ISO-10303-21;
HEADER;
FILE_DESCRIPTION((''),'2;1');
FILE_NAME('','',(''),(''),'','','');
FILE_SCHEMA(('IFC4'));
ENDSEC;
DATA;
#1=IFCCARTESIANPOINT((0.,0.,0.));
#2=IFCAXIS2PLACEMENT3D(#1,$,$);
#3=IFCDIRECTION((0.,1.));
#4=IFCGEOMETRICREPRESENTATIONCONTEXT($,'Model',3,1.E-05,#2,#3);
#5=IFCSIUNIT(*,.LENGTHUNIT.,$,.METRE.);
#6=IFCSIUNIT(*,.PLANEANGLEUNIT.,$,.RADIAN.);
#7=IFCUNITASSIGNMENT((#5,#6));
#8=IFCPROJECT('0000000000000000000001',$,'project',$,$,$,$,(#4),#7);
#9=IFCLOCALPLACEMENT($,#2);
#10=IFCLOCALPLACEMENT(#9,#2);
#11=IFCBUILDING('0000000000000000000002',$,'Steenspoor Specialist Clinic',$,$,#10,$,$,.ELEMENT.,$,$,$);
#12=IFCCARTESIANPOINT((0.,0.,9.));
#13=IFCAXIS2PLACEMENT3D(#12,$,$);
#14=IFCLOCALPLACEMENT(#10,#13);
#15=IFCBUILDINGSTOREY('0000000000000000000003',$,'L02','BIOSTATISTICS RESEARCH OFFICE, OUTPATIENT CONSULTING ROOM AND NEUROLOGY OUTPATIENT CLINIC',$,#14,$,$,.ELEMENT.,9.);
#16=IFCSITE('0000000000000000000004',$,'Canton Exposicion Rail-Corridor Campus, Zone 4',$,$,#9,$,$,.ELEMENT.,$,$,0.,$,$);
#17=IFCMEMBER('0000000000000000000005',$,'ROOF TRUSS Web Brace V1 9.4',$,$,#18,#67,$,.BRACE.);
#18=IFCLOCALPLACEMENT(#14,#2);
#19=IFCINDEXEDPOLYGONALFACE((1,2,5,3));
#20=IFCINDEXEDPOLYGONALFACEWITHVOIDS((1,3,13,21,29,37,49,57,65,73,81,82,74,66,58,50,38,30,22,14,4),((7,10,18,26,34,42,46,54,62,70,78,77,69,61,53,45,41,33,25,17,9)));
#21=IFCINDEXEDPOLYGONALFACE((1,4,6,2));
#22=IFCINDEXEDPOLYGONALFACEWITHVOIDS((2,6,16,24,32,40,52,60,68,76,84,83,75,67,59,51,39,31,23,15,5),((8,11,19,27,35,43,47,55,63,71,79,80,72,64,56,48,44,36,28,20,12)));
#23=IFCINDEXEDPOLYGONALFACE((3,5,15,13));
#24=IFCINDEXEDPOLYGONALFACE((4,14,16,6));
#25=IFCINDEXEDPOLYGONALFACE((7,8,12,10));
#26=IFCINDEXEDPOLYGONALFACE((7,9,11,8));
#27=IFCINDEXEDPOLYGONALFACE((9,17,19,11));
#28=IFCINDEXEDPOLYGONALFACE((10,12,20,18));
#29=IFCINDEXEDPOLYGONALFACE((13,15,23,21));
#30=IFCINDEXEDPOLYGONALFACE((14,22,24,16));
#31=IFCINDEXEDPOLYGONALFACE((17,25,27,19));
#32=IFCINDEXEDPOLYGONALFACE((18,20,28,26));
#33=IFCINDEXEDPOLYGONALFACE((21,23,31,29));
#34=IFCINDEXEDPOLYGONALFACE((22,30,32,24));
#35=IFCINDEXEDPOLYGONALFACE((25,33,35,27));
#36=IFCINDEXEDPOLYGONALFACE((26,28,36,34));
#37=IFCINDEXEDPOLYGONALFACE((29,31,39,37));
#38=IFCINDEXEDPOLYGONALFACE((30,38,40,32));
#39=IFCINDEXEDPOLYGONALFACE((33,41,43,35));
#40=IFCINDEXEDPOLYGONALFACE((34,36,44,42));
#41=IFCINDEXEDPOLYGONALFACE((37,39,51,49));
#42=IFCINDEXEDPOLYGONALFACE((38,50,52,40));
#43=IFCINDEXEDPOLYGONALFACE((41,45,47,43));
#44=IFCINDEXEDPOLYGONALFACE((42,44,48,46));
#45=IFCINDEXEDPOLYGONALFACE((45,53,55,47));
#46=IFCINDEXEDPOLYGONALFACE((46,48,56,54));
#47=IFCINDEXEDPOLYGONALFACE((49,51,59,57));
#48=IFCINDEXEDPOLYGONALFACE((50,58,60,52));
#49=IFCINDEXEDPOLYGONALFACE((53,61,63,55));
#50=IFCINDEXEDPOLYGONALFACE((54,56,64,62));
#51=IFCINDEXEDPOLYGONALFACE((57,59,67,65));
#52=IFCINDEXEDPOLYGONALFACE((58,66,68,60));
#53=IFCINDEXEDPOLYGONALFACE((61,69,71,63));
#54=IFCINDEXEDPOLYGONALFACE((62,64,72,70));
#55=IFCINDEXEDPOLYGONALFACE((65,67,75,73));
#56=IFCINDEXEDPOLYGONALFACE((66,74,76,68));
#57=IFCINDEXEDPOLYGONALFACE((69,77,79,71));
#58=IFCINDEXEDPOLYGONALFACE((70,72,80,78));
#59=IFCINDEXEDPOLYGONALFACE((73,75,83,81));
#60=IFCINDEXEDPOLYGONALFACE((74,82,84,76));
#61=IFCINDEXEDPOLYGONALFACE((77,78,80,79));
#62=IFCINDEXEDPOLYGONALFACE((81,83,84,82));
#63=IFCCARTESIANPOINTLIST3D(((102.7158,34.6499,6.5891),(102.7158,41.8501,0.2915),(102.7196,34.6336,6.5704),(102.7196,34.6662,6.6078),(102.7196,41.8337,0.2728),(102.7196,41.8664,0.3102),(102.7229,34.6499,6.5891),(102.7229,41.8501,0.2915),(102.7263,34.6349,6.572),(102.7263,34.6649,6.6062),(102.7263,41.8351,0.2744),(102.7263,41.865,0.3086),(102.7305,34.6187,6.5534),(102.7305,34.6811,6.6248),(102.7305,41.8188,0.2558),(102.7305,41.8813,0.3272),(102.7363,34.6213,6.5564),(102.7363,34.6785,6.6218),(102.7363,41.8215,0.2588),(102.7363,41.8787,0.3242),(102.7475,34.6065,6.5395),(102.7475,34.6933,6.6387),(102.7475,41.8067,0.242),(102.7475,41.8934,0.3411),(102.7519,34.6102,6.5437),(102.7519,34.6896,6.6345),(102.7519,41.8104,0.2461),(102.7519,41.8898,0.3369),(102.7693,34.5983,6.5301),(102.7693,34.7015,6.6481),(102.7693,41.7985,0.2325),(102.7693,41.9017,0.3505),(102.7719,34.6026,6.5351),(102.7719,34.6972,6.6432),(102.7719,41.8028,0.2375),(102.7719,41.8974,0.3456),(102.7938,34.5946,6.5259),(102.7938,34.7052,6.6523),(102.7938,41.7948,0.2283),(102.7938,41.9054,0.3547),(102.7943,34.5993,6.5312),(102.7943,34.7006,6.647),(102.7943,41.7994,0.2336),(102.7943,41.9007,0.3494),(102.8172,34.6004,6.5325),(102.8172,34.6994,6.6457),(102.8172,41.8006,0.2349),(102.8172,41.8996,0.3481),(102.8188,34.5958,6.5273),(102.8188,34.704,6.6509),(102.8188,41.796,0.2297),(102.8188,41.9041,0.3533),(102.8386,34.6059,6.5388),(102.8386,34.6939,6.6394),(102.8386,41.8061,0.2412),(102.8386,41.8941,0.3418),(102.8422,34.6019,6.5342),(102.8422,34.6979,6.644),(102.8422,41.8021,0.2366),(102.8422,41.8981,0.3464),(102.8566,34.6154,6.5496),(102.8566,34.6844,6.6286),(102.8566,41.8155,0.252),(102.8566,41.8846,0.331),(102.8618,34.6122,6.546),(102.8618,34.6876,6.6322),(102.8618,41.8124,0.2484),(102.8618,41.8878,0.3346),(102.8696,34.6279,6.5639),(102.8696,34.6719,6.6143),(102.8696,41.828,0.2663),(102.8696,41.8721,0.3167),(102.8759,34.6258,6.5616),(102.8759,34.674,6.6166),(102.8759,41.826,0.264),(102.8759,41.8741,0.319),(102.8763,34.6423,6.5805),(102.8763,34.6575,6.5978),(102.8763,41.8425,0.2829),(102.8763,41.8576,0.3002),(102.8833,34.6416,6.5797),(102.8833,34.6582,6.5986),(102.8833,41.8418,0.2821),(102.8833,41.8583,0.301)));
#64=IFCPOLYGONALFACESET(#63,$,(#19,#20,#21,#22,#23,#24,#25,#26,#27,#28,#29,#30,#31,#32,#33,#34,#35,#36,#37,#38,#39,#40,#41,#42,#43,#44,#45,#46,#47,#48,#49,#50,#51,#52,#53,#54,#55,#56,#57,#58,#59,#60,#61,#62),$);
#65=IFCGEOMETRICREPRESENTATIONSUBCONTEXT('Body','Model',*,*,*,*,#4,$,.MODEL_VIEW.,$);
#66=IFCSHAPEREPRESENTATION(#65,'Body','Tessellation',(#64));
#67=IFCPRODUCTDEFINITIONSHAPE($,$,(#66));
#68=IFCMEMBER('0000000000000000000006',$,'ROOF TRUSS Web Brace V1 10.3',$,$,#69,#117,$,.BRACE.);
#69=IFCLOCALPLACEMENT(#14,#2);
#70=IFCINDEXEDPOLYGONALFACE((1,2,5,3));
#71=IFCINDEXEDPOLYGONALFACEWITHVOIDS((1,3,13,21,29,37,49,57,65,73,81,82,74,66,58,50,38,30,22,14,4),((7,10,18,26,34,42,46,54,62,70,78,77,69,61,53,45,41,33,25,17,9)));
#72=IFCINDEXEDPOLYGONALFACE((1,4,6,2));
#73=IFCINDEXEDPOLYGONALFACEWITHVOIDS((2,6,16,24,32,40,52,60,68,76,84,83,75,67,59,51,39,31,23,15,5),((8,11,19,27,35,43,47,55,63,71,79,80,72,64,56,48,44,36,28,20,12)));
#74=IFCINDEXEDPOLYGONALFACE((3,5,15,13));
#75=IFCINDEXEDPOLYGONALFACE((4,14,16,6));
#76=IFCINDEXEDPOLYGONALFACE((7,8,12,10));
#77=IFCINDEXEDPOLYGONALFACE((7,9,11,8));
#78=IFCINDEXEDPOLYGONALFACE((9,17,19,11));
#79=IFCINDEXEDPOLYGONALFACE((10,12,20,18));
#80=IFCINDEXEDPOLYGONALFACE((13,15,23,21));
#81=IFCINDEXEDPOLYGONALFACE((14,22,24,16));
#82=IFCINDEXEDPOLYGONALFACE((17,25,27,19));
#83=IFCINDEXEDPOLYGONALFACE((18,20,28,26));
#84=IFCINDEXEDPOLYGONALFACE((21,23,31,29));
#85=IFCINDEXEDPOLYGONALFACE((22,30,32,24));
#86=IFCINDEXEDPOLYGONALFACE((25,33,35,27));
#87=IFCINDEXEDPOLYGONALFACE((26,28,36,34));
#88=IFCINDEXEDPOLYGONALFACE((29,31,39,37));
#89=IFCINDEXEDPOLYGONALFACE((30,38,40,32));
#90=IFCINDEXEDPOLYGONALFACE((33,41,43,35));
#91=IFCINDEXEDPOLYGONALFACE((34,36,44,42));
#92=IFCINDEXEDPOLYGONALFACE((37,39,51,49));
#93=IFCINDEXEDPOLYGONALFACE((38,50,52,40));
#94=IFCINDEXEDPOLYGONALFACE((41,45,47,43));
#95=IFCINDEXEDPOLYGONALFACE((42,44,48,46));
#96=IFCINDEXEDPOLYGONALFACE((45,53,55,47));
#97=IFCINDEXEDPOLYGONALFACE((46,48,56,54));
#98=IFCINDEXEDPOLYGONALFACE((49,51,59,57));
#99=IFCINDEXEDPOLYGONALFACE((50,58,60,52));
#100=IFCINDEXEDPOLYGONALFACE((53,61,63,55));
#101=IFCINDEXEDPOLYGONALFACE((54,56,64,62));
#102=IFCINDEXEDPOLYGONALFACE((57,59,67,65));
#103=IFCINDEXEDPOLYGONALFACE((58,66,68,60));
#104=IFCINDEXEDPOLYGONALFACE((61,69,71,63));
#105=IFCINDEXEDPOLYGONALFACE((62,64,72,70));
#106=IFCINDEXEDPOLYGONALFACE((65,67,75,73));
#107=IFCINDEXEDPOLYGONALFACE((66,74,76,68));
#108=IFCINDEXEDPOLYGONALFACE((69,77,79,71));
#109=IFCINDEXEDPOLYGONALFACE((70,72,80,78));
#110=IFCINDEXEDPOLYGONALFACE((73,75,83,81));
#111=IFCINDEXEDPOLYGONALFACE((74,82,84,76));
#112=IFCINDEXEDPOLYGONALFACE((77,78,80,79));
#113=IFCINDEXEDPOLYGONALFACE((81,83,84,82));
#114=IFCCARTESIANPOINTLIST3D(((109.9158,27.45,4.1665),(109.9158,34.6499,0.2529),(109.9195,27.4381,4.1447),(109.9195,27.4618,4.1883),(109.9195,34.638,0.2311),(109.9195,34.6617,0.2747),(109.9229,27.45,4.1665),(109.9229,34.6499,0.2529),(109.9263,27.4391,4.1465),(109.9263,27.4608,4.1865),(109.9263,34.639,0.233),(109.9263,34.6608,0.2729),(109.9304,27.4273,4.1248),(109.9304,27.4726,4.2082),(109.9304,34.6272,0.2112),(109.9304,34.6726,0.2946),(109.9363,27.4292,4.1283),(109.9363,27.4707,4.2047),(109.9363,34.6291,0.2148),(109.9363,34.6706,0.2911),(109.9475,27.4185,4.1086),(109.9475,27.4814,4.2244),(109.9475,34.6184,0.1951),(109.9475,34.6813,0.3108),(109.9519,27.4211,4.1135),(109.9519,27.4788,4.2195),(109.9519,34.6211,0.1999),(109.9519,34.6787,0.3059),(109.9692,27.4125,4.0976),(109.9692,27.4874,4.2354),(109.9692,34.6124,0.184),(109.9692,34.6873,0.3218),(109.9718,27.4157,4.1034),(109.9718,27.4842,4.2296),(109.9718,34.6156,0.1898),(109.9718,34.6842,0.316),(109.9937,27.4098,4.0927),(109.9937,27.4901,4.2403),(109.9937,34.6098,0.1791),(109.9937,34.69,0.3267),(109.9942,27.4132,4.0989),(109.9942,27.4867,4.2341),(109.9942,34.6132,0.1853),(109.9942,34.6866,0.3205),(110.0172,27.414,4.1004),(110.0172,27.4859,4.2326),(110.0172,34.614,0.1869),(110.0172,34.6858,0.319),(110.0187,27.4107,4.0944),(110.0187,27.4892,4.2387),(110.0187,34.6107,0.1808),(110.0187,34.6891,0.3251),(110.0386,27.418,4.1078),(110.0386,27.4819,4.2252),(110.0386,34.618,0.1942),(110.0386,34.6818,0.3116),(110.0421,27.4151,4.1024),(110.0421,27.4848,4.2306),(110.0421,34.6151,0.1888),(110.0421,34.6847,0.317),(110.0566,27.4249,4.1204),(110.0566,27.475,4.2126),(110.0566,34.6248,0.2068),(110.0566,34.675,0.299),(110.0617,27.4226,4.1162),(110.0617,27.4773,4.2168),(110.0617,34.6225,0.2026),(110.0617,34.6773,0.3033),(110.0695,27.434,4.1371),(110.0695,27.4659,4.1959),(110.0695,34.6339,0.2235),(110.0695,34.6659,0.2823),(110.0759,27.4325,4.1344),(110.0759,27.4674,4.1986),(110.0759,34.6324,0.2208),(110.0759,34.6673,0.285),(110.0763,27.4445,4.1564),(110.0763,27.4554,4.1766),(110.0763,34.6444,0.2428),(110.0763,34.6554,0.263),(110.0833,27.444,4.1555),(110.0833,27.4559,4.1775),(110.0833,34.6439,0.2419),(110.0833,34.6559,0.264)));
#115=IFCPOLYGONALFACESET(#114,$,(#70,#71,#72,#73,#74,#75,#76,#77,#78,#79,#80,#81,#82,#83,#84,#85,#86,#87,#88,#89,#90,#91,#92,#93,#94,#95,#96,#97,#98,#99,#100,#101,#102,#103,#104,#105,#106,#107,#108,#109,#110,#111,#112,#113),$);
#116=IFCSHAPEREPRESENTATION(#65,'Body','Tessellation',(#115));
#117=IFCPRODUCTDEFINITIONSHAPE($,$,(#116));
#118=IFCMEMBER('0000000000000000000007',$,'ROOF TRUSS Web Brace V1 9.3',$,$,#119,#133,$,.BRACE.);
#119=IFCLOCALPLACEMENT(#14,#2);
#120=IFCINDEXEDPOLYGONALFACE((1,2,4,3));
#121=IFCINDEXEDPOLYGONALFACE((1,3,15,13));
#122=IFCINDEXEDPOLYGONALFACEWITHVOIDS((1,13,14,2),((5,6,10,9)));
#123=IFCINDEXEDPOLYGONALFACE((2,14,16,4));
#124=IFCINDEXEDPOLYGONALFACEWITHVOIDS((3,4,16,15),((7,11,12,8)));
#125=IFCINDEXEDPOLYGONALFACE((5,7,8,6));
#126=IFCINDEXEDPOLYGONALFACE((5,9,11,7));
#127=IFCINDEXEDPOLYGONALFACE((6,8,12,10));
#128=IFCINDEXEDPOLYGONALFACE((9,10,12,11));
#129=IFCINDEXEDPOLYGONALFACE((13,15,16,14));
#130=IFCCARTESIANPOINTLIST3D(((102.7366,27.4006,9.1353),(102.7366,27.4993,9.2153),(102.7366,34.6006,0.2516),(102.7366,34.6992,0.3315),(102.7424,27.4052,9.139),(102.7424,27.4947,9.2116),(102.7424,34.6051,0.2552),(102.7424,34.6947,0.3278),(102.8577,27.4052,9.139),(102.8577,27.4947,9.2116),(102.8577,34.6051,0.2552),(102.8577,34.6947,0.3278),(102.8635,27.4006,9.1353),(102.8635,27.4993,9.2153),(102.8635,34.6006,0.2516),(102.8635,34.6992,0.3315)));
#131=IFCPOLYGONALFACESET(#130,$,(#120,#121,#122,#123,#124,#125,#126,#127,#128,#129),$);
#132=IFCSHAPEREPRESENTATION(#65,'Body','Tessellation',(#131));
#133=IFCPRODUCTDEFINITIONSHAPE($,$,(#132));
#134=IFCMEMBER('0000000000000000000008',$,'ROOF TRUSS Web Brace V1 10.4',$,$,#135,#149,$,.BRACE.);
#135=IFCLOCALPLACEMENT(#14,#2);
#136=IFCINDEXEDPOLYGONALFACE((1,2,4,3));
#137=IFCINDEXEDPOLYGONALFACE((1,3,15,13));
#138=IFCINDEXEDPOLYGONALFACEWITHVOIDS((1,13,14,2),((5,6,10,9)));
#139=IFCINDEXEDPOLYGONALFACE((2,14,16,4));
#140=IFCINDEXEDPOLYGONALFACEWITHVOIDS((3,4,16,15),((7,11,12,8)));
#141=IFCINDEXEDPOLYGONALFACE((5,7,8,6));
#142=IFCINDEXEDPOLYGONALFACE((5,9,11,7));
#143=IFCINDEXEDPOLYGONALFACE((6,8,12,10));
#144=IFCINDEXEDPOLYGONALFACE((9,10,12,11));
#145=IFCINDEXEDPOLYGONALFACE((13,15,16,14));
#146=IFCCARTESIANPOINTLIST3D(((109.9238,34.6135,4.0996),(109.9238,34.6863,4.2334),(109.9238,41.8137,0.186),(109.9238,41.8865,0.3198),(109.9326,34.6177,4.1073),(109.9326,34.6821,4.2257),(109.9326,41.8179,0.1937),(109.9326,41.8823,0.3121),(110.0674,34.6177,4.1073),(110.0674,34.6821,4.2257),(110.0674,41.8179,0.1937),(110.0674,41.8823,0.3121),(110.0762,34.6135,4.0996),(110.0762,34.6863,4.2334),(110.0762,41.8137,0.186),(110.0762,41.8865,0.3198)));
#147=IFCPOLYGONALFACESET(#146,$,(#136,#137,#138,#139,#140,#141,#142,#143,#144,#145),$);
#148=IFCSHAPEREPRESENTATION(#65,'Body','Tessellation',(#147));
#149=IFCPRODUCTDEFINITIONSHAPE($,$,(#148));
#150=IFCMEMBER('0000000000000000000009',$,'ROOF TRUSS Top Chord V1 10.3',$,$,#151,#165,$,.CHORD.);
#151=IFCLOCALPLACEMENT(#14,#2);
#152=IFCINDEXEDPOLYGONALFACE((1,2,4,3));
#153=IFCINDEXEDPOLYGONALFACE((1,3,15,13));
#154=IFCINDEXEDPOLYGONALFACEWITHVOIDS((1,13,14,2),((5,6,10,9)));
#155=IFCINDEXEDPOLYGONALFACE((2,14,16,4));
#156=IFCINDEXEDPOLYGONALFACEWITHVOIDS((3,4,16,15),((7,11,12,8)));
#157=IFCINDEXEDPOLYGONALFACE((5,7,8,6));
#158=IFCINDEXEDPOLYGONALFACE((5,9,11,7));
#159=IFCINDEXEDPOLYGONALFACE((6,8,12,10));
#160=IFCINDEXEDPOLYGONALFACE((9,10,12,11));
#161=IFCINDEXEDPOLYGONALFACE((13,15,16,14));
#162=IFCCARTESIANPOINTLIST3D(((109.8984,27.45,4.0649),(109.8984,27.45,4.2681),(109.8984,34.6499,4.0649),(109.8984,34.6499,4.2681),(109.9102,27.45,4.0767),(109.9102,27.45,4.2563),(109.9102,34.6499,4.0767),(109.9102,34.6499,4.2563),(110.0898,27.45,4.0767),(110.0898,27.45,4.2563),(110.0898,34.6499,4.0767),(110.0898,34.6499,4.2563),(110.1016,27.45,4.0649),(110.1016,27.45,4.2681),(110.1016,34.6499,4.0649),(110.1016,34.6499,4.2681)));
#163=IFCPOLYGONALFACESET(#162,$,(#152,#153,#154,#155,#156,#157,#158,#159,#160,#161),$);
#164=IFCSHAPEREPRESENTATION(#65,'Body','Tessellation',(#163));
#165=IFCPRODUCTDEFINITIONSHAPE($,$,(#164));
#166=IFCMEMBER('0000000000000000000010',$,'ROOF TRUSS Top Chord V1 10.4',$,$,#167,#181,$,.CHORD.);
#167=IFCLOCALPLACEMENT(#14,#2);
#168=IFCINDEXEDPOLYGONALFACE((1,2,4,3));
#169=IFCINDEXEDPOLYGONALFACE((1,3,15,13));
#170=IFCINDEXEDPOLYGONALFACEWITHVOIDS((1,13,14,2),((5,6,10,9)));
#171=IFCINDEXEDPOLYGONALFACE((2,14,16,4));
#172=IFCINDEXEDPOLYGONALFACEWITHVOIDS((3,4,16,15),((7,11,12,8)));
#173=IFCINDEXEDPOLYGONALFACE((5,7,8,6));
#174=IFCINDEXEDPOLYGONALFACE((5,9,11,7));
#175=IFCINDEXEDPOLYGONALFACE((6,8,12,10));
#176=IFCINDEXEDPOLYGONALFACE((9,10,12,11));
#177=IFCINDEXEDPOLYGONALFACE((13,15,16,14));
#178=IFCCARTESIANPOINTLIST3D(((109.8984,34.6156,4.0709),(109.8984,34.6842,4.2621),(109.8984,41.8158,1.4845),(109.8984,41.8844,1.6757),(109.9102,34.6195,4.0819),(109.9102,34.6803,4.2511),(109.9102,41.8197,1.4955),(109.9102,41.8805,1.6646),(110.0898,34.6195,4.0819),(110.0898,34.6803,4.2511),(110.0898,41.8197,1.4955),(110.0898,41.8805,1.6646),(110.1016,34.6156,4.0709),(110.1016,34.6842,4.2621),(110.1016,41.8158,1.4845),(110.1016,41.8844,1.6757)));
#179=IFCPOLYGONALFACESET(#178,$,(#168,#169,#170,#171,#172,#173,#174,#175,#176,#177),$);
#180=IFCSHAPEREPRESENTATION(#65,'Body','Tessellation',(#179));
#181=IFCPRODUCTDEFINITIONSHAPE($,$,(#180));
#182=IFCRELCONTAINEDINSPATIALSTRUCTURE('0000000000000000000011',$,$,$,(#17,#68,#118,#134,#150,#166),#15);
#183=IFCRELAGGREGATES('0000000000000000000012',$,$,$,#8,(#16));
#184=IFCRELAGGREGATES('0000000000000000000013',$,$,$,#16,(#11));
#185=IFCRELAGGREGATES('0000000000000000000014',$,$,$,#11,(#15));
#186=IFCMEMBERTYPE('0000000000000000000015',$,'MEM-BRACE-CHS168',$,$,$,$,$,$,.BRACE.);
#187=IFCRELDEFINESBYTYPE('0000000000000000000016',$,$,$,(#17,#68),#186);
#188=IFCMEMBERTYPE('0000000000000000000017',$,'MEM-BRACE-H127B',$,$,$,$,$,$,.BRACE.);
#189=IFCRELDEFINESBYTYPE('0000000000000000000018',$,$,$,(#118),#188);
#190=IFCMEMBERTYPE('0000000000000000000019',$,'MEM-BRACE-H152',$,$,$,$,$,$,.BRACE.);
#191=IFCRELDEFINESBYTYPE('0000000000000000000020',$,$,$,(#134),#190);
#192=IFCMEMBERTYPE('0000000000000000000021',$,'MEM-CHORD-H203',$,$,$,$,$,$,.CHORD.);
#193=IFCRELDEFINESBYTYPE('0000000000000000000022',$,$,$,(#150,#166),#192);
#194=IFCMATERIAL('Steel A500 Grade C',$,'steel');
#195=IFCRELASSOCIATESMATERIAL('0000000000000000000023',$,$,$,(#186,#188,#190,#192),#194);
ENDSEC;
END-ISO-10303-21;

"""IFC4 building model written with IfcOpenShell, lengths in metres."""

from ifc_helpers import new_model, si_unit, direction, frame, origin, origin_2d, place, context, subcontext, project, spatial, hollow_rectangle, hollow_circle, extrude, material, material_profile, profile_set, type_object, element, save


model = new_model("IFC4")

# Units and contexts
model_context = context("Model", 3, precision=1e-05, world=origin(), true_north=direction((0.0, 1.0)))
body_context = subcontext(model_context, "Body", "Model", "MODEL_VIEW")
ifc_project = project(units=[si_unit("LENGTHUNIT", "METRE"), si_unit("PLANEANGLEUNIT", "RADIAN")], contexts=[model_context])

# Site, building, storey
site_placement = place(None, origin())
site = spatial("IfcSite", under=ifc_project, at=site_placement, Name="Canton Exposicion Rail-Corridor Campus, Zone 4", CompositionType="ELEMENT", RefElevation=0.0)
building_placement = place(site_placement, origin())
building = spatial("IfcBuilding", under=site, at=building_placement, Name="Steenspoor Specialist Clinic", CompositionType="ELEMENT")
storey_placement = place(building_placement, frame((0.0, 0.0, 9.0)))
storey = spatial("IfcBuildingStorey", under=building, at=storey_placement, Name="L02", Description="BIOSTATISTICS RESEARCH OFFICE, OUTPATIENT CONSULTING ROOM AND NEUROLOGY OUTPATIENT CLINIC", CompositionType="ELEMENT", Elevation=9.0)

# Members
ifc_material_1 = material(Name="Steel A500 Grade C", Category="steel")
ifc_material_profile_1 = material_profile(ifc_material_1, hollow_circle(Radius=0.0842, WallThickness=0.0071, at=origin_2d()), Name="CHS168X7.1")
ifc_profile_set_1 = profile_set([ifc_material_profile_1], Name="Steel A500 Grade C")
member_type_1 = type_object("IfcMemberType", Name="MEM-BRACE-CHS168", PredefinedType="BRACE", material=ifc_profile_set_1)
member_1_placement = place(storey_placement, frame((102.8, 34.6499, 6.5891), z_axis=(0.0, 0.752709, -0.658353), x_axis=(-1.0, 0.0, 0.0)))
element("IfcMember", 1, at=member_1_placement, inside=storey, type_object=member_type_1, Name="ROOF TRUSS Web Brace V1 9.4", PredefinedType="BRACE", context=body_context, shape_type="SweptSolid", body=[
    extrude(hollow_circle(Radius=0.0842, WallThickness=0.0071, at=origin_2d()), origin(), (0.0, 0.0, 1.0), 9.5657),
])
member_2_placement = place(storey_placement, frame((110.0, 27.45, 4.1665), z_axis=(0.0, 0.878596, -0.477566), x_axis=(-1.0, 0.0, 0.0)))
element("IfcMember", 2, at=member_2_placement, inside=storey, type_object=member_type_1, Name="ROOF TRUSS Web Brace V1 10.3", PredefinedType="BRACE", context=body_context, shape_type="SweptSolid", body=[
    extrude(hollow_circle(Radius=0.0842, WallThickness=0.0071, at=origin_2d()), origin(), (0.0, 0.0, 1.0), 8.1948),
])
ifc_material_profile_2 = material_profile(ifc_material_1, hollow_rectangle(XDim=0.127, YDim=0.127, WallThickness=0.0059, at=origin_2d()), Name="HSS127X127X6.4")
ifc_profile_set_2 = profile_set([ifc_material_profile_2], Name="Steel A500 Grade C")
member_type_2 = type_object("IfcMemberType", Name="MEM-BRACE-H127B", PredefinedType="BRACE", material=ifc_profile_set_2)
member_3_placement = place(storey_placement, frame((102.8, 27.45, 9.1753), z_axis=(0.0, 0.629637, -0.776889), x_axis=(-1.0, 0.0, 0.0)))
element("IfcMember", 3, at=member_3_placement, inside=storey, type_object=member_type_2, Name="ROOF TRUSS Web Brace V1 9.3", PredefinedType="BRACE", context=body_context, shape_type="SweptSolid", body=[
    extrude(hollow_rectangle(XDim=0.127, YDim=0.127, WallThickness=0.0059, at=origin_2d()), origin(), (0.0, 0.0, 1.0), 11.4351),
])
ifc_material_profile_3 = material_profile(ifc_material_1, hollow_rectangle(XDim=0.1523, YDim=0.1523, WallThickness=0.0088, at=origin_2d()), Name="HSS152X152X9.5")
ifc_profile_set_3 = profile_set([ifc_material_profile_3], Name="Steel A500 Grade C")
member_type_3 = type_object("IfcMemberType", Name="MEM-BRACE-H152", PredefinedType="BRACE", material=ifc_profile_set_3)
member_4_placement = place(storey_placement, frame((110.0, 34.6499, 4.1665), z_axis=(0.0, 0.878603, -0.477553), x_axis=(-1.0, 0.0, 0.0)))
element("IfcMember", 4, at=member_4_placement, inside=storey, type_object=member_type_3, Name="ROOF TRUSS Web Brace V1 10.4", PredefinedType="BRACE", context=body_context, shape_type="SweptSolid", body=[
    extrude(hollow_rectangle(XDim=0.1523, YDim=0.1523, WallThickness=0.0088, at=origin_2d()), origin(), (0.0, 0.0, 1.0), 8.1951),
])
ifc_material_profile_4 = material_profile(ifc_material_1, hollow_rectangle(XDim=0.2031, YDim=0.2031, WallThickness=0.0117, at=origin_2d()), Name="HSS203X203X12.7")
ifc_profile_set_4 = profile_set([ifc_material_profile_4], Name="Steel A500 Grade C")
member_type_4 = type_object("IfcMemberType", Name="MEM-CHORD-H203", PredefinedType="CHORD", material=ifc_profile_set_4)
member_5_placement = place(storey_placement, frame((110.0, 27.45, 4.1665), z_axis=(0.0, 1.0, 0.0), x_axis=(-1.0, 0.0, 0.0)))
element("IfcMember", 5, at=member_5_placement, inside=storey, type_object=member_type_4, Name="ROOF TRUSS Top Chord V1 10.3", PredefinedType="CHORD", context=body_context, shape_type="SweptSolid", body=[
    extrude(hollow_rectangle(XDim=0.2031, YDim=0.2031, WallThickness=0.0117, at=origin_2d()), origin(), (0.0, 0.0, 1.0), 7.2),
])
member_6_placement = place(storey_placement, frame((110.0, 34.6499, 4.1665), z_axis=(0.0, 0.941122, -0.338066), x_axis=(-1.0, 0.0, 0.0)))
element("IfcMember", 6, at=member_6_placement, inside=storey, type_object=member_type_4, Name="ROOF TRUSS Top Chord V1 10.4", PredefinedType="CHORD", context=body_context, shape_type="SweptSolid", body=[
    extrude(hollow_rectangle(XDim=0.2031, YDim=0.2031, WallThickness=0.0117, at=origin_2d()), origin(), (0.0, 0.0, 1.0), 7.6506),
])

save(model, "model.ifc")
